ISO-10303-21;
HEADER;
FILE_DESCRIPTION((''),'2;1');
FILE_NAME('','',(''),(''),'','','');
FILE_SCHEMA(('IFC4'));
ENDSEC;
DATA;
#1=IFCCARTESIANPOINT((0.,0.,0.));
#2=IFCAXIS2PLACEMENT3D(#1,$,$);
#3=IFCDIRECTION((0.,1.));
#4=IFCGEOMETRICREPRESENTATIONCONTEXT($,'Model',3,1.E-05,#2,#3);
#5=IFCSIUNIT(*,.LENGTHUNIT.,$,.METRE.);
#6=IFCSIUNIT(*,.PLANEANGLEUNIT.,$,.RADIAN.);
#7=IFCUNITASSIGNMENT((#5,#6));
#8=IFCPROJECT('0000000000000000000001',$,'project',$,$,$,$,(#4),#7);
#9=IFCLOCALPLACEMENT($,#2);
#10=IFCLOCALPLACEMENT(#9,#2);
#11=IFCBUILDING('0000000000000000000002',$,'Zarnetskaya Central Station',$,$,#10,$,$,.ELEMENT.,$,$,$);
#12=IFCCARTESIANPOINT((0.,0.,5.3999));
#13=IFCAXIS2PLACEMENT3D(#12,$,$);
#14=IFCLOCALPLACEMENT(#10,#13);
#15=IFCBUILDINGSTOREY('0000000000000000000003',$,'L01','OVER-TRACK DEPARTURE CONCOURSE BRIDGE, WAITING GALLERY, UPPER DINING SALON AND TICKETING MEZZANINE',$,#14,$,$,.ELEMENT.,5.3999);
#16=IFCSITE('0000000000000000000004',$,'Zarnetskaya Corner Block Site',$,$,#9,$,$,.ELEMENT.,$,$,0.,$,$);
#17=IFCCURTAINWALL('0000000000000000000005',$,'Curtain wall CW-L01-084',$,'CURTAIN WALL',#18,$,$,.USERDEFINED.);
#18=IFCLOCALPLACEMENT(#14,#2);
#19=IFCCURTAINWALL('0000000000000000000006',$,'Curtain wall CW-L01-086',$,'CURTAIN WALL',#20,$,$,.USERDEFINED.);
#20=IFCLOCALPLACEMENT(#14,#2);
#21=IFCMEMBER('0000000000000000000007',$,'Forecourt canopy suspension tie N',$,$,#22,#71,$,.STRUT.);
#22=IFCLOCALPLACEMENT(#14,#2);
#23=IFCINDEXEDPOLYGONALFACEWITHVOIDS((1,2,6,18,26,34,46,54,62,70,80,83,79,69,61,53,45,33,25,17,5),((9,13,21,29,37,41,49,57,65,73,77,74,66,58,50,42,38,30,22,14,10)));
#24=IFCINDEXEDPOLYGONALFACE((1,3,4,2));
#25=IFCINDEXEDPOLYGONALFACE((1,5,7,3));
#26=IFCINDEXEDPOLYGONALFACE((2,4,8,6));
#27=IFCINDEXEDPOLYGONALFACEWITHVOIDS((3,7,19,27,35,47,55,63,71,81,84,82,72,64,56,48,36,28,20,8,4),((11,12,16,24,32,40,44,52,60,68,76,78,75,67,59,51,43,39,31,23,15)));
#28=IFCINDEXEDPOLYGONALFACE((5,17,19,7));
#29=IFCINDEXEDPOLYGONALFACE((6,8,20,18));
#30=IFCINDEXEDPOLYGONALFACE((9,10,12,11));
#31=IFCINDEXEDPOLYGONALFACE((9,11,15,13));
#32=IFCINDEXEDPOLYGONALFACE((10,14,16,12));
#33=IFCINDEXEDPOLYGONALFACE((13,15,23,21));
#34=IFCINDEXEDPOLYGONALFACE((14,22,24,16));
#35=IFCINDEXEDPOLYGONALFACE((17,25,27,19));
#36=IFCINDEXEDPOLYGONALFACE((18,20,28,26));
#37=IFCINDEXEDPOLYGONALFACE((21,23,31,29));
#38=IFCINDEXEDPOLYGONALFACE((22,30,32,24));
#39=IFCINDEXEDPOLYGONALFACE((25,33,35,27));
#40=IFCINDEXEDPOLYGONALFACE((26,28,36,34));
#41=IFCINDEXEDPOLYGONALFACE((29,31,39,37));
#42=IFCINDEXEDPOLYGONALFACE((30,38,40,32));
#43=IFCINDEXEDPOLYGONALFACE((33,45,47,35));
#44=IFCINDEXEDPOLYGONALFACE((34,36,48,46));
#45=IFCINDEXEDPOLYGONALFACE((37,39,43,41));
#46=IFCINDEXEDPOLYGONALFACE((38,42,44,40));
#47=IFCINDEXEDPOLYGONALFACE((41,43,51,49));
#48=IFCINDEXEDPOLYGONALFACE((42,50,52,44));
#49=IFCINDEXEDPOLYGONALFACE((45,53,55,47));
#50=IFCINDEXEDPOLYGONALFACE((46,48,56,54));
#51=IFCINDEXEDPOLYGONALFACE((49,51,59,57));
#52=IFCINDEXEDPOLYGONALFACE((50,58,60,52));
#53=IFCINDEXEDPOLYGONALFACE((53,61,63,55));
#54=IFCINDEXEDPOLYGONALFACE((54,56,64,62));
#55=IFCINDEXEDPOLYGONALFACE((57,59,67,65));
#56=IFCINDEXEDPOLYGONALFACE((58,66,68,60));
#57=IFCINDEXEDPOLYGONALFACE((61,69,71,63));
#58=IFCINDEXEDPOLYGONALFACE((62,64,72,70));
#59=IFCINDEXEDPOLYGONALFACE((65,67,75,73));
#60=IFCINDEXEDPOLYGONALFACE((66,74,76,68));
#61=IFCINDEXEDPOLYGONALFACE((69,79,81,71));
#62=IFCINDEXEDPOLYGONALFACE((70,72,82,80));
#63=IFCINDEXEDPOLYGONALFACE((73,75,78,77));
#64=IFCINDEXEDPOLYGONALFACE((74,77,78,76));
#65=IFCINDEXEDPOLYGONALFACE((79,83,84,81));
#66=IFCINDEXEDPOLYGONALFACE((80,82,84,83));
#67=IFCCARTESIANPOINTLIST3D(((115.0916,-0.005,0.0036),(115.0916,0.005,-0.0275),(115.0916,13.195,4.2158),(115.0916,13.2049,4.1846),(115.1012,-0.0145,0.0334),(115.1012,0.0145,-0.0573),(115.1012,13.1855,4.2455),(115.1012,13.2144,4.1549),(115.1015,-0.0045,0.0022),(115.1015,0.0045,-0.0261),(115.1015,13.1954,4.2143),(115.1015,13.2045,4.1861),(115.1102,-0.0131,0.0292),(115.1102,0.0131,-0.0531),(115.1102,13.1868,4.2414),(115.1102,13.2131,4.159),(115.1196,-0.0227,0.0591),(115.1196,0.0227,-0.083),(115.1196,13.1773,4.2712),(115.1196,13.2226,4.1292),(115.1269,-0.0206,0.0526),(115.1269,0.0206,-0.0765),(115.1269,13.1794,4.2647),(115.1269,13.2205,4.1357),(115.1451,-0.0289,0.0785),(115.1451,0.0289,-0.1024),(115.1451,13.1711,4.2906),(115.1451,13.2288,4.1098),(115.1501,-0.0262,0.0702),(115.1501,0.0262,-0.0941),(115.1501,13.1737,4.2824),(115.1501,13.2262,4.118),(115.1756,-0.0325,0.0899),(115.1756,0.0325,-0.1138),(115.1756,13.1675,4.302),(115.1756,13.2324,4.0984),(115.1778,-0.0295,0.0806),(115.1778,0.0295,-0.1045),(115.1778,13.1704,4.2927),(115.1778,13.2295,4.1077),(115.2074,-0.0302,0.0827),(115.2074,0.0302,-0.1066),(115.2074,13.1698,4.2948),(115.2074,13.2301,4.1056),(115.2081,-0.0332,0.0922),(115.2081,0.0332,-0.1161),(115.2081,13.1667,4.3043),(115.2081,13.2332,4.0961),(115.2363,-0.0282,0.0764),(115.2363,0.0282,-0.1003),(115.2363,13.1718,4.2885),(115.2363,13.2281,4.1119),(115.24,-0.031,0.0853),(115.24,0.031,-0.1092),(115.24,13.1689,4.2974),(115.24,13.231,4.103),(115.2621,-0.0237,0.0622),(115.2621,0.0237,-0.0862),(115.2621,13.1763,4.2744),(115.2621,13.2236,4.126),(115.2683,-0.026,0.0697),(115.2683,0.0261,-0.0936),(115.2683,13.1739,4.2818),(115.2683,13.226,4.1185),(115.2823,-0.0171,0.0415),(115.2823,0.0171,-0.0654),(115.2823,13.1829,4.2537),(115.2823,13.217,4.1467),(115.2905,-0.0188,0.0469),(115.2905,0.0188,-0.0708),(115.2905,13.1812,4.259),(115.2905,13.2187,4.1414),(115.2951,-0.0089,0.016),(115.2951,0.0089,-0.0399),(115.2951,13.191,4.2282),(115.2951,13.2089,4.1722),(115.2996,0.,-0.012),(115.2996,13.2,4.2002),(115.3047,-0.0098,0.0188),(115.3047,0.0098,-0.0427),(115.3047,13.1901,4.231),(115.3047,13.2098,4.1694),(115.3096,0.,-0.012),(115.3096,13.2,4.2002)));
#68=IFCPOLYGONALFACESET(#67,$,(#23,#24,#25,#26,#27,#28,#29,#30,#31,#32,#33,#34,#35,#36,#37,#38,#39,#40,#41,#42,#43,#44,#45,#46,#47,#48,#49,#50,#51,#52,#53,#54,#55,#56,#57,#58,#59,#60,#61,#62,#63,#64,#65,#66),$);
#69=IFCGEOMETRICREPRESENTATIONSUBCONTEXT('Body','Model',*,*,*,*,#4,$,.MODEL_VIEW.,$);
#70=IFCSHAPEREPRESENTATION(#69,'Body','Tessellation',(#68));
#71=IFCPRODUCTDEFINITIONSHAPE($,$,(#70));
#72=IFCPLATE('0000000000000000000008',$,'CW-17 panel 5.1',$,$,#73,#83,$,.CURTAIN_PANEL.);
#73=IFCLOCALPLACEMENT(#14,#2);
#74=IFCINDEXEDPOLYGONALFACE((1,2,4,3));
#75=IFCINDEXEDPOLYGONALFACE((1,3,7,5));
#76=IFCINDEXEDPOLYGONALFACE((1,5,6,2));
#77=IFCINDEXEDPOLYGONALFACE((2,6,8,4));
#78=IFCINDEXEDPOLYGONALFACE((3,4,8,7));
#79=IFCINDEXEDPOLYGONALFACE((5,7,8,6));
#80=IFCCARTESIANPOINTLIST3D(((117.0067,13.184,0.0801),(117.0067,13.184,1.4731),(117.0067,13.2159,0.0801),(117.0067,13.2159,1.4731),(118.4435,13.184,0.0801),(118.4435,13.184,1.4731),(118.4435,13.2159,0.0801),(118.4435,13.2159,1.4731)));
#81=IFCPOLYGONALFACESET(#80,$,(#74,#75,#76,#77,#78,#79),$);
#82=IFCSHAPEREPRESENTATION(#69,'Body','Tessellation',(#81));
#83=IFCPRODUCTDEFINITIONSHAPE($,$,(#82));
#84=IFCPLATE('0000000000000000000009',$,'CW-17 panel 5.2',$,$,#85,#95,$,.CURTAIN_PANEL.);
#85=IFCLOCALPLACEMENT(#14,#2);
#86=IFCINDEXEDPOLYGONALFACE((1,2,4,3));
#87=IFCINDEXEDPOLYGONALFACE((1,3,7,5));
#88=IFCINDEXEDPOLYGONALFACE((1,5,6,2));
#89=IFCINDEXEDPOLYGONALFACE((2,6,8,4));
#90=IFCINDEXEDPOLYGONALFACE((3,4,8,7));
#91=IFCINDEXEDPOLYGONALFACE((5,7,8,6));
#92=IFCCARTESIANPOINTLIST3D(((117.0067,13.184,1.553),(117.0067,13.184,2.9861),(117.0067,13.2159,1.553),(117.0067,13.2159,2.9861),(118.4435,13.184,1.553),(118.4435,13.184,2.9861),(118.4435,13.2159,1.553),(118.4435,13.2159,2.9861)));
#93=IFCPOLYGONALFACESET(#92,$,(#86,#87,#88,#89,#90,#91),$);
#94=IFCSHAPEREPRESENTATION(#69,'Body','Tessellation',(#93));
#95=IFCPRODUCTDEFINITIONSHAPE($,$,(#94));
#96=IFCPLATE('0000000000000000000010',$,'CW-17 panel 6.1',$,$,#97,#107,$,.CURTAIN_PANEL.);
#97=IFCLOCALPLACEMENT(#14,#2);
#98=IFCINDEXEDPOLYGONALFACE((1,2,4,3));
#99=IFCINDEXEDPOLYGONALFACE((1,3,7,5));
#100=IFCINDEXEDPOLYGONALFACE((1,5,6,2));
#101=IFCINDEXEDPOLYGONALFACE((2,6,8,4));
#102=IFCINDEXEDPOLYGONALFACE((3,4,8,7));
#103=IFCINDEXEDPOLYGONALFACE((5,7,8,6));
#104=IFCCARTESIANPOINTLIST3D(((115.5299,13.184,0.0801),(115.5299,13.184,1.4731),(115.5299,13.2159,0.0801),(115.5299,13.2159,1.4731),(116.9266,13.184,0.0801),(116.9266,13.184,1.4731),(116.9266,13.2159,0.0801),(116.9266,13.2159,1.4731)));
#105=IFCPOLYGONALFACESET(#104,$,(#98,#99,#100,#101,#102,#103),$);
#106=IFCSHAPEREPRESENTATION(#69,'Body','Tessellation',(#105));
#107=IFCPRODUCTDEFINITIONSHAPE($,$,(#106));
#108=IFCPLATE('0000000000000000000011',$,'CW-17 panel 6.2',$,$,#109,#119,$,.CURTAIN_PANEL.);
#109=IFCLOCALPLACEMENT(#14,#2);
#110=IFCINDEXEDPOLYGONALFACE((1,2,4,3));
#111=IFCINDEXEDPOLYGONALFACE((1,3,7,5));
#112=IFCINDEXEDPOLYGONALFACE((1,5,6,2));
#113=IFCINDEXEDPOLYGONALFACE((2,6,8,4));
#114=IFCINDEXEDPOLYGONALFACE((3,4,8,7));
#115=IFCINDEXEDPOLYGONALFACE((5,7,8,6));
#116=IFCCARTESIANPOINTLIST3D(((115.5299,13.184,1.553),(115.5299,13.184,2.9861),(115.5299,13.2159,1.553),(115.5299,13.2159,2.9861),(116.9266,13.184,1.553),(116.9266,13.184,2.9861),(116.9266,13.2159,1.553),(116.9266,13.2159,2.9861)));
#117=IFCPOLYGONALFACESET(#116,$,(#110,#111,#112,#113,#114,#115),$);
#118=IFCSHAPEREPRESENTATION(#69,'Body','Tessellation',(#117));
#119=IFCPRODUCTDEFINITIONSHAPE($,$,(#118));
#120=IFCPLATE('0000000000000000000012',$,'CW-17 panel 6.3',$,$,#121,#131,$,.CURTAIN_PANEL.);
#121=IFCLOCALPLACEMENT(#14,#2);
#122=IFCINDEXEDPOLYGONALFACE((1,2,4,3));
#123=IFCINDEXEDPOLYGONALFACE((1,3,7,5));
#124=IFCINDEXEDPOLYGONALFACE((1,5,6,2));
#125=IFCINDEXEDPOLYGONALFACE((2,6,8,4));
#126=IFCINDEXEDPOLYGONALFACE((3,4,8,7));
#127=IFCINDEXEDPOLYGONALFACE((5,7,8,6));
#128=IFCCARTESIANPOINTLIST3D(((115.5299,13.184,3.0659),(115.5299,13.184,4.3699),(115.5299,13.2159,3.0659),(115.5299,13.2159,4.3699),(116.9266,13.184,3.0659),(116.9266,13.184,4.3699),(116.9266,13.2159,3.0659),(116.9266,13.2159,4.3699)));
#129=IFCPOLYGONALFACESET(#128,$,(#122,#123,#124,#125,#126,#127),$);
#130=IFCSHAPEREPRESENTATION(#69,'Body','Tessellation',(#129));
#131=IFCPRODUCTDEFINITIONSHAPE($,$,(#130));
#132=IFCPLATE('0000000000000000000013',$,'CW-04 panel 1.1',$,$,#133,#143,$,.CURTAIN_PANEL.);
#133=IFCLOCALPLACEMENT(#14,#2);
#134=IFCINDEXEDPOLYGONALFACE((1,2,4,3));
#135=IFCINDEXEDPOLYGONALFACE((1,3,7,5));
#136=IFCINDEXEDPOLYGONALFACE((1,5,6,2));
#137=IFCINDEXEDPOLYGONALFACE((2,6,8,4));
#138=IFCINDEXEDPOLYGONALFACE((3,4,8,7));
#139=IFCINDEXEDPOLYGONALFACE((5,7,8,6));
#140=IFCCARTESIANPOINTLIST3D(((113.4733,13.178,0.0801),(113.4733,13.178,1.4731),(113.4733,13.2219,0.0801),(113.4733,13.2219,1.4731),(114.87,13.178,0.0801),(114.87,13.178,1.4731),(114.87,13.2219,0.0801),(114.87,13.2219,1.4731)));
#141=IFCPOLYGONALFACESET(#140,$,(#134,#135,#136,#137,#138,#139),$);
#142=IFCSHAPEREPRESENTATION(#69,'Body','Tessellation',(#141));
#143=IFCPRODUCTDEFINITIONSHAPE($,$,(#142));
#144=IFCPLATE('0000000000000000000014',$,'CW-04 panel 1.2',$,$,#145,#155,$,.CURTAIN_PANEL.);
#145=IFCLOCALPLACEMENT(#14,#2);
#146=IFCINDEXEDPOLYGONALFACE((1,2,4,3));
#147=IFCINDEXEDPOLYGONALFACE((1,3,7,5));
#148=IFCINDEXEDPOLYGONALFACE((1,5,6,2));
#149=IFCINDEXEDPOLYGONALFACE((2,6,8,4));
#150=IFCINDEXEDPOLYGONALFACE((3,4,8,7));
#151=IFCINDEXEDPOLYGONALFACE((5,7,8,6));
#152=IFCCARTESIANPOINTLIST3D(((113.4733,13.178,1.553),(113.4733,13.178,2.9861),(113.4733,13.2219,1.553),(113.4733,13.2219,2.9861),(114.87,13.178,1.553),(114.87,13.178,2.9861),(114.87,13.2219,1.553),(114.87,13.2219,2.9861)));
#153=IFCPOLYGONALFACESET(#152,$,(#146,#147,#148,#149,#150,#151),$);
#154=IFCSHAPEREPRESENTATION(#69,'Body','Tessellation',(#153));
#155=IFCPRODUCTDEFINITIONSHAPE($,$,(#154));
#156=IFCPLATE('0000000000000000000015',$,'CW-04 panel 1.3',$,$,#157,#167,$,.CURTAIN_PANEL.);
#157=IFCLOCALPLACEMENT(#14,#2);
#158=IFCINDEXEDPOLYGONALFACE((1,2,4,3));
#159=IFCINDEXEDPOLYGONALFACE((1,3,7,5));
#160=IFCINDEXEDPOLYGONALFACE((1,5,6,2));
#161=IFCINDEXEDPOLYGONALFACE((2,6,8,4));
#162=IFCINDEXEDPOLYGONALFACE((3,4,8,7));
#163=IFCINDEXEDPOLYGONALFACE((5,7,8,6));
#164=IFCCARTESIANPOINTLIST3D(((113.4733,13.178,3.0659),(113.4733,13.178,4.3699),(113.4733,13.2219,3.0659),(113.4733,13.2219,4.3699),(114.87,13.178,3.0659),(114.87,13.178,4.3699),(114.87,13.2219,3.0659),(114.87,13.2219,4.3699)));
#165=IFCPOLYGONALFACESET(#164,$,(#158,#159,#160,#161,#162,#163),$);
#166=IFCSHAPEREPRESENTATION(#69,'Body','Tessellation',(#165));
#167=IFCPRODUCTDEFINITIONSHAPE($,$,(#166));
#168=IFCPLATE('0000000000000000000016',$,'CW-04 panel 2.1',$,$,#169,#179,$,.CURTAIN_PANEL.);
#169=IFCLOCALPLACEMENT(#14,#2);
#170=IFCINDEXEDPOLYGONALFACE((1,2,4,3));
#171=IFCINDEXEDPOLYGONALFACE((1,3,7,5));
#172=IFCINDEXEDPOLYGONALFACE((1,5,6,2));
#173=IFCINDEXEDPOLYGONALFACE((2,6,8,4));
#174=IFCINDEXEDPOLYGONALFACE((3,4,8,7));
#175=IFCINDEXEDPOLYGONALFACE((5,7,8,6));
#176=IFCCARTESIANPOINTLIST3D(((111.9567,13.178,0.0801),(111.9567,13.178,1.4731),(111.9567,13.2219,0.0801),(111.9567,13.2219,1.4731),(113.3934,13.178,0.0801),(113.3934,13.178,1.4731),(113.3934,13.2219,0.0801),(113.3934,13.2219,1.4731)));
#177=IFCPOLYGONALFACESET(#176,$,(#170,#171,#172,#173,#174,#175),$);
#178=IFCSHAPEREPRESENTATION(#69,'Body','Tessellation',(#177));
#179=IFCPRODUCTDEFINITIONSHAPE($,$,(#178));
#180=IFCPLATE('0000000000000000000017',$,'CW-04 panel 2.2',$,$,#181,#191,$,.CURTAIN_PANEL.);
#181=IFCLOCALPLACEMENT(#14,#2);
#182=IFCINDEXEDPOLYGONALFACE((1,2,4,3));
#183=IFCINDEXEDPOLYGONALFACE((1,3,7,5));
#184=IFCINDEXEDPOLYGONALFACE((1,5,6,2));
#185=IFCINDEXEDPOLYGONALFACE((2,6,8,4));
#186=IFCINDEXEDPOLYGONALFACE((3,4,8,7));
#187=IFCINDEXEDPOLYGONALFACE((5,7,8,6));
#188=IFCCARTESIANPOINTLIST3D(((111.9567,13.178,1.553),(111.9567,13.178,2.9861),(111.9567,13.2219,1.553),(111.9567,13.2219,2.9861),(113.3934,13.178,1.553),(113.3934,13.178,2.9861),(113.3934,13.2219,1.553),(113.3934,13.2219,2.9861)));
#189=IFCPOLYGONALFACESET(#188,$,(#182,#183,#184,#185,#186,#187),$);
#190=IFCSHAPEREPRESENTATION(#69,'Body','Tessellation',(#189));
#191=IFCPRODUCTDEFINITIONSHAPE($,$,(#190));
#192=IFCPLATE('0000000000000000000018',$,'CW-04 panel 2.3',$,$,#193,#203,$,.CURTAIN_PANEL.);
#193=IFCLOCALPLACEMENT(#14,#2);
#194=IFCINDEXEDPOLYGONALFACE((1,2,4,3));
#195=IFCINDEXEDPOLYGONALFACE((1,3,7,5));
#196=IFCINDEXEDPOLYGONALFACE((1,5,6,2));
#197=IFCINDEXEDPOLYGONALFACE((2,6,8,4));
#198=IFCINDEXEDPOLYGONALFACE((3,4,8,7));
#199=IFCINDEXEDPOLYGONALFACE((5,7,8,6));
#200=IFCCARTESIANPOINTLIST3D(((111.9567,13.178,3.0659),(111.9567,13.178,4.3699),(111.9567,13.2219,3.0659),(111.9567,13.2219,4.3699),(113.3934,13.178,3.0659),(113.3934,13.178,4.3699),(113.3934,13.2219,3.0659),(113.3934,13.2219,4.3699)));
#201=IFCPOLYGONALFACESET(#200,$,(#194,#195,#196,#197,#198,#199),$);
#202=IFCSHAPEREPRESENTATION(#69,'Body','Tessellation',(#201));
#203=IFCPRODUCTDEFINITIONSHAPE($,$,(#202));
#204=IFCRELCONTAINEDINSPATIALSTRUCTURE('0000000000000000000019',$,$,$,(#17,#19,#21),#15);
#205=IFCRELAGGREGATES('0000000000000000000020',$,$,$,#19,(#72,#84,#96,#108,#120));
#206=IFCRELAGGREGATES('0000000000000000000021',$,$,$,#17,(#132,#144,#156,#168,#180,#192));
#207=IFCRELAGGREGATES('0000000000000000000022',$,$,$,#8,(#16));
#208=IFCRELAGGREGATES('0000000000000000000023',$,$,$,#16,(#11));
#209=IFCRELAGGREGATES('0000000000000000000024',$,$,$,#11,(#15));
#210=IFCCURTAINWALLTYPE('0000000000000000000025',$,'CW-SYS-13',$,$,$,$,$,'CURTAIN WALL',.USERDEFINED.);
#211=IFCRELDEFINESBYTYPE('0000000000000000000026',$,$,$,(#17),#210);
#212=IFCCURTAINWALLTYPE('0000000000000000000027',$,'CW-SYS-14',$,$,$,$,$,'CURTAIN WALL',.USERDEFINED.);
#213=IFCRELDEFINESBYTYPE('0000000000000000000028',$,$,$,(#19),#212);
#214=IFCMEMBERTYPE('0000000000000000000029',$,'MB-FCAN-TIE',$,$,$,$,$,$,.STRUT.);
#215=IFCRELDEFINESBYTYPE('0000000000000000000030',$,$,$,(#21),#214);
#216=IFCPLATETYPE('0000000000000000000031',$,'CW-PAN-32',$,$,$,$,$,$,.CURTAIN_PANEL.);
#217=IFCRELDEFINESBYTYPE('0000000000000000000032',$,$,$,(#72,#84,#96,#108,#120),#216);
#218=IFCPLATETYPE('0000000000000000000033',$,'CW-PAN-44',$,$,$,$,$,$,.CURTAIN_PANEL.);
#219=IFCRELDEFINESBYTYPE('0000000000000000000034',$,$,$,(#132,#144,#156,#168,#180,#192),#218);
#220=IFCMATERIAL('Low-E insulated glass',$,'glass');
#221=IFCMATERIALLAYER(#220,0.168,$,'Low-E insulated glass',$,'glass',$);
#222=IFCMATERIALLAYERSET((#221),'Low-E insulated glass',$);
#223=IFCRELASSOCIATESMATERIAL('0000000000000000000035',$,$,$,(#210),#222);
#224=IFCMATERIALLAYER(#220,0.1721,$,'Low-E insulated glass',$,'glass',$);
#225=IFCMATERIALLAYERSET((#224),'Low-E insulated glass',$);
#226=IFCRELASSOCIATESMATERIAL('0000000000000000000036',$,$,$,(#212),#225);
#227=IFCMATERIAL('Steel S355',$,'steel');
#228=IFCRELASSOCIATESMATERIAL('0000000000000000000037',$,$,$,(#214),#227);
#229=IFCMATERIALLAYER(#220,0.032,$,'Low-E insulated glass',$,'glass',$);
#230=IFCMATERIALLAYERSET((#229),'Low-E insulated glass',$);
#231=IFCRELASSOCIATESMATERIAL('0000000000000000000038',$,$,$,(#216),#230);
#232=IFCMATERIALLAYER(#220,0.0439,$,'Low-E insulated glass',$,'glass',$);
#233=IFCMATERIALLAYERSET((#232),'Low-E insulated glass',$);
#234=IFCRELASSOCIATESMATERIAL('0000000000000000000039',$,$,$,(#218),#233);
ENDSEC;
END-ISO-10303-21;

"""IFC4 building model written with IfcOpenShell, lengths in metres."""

from ifc_helpers import new_model, si_unit, direction, frame, origin, origin_2d, place, context, subcontext, project, spatial, rectangle, hollow_circle, extrude, material, layer, layer_set, material_profile, profile_set, type_object, element, aggregate, save


model = new_model("IFC4")

# Units and contexts
model_context = context("Model", 3, precision=1e-05, world=origin(), true_north=direction((0.0, 1.0)))
body_context = subcontext(model_context, "Body", "Model", "MODEL_VIEW")
ifc_project = project(units=[si_unit("LENGTHUNIT", "METRE"), si_unit("PLANEANGLEUNIT", "RADIAN")], contexts=[model_context])

# Site, building, storey
site_placement = place(None, origin())
site = spatial("IfcSite", under=ifc_project, at=site_placement, Name="Zarnetskaya Corner Block Site", CompositionType="ELEMENT", RefElevation=0.0)
building_placement = place(site_placement, origin())
building = spatial("IfcBuilding", under=site, at=building_placement, Name="Zarnetskaya Central Station", CompositionType="ELEMENT")
storey_placement = place(building_placement, frame((0.0, 0.0, 5.3999)))
storey = spatial("IfcBuildingStorey", under=building, at=storey_placement, Name="L01", Description="OVER-TRACK DEPARTURE CONCOURSE BRIDGE, WAITING GALLERY, UPPER DINING SALON AND TICKETING MEZZANINE", CompositionType="ELEMENT", Elevation=5.3999)

# Shared definitions
ifc_material_1 = material(Name="Steel S355", Category="steel")

# Curtain walls
ifc_material_2 = material(Name="Low-E insulated glass", Category="glass")
ifc_layer_1 = layer(ifc_material_2, 0.168, Name="Low-E insulated glass", Category="glass")
ifc_layer_set_1 = layer_set([ifc_layer_1], Name="Low-E insulated glass")
curtain_wall_type_1 = type_object("IfcCurtainWallType", Name="CW-SYS-13", ElementType="CURTAIN WALL", PredefinedType="USERDEFINED", material=ifc_layer_set_1)
curtain_wall_1_placement = place(storey_placement, origin())
curtain_wall_1 = element("IfcCurtainWall", 1, at=curtain_wall_1_placement, inside=storey, type_object=curtain_wall_type_1, Name="Curtain wall CW-L01-084", ObjectType="CURTAIN WALL", PredefinedType="USERDEFINED")
ifc_layer_2 = layer(ifc_material_2, 0.1721, Name="Low-E insulated glass", Category="glass")
ifc_layer_set_2 = layer_set([ifc_layer_2], Name="Low-E insulated glass")
curtain_wall_type_2 = type_object("IfcCurtainWallType", Name="CW-SYS-14", ElementType="CURTAIN WALL", PredefinedType="USERDEFINED", material=ifc_layer_set_2)
curtain_wall_2_placement = place(storey_placement, origin())
curtain_wall_2 = element("IfcCurtainWall", 2, at=curtain_wall_2_placement, inside=storey, type_object=curtain_wall_type_2, Name="Curtain wall CW-L01-086", ObjectType="CURTAIN WALL", PredefinedType="USERDEFINED")

# Member
ifc_material_profile_1 = material_profile(ifc_material_1, hollow_circle(Radius=0.1096, WallThickness=0.01, at=origin_2d()), Name="CHS 219.1x10")
ifc_profile_set_1 = profile_set([ifc_material_profile_1], Name="Steel S355")
member_type_1 = type_object("IfcMemberType", Name="MB-FCAN-TIE", PredefinedType="STRUT", material=ifc_profile_set_1)
member_1_placement = place(storey_placement, frame((115.2, 13.2, 4.2002), z_axis=(0.0, -0.952672, -0.304001), x_axis=(1.0, 0.0, 0.0)))
element("IfcMember", 3, at=member_1_placement, inside=storey, type_object=member_type_1, Name="Forecourt canopy suspension tie N", PredefinedType="STRUT", context=body_context, shape_type="SweptSolid", body=[
    extrude(hollow_circle(Radius=0.1096, WallThickness=0.01, at=origin_2d()), origin(), (0.0, 0.0, 1.0), 13.8557),
])

# Plates
ifc_layer_3 = layer(ifc_material_2, 0.032, Name="Low-E insulated glass", Category="glass")
ifc_layer_set_3 = layer_set([ifc_layer_3], Name="Low-E insulated glass")
plate_type_1 = type_object("IfcPlateType", Name="CW-PAN-32", PredefinedType="CURTAIN_PANEL", material=ifc_layer_set_3)
plate_1_placement = place(storey_placement, frame((117.7251, 13.2, 0.0801), z_axis=(0.0, 0.0, 1.0), x_axis=(-1.0, 0.0, 0.0)))
plate_1 = element("IfcPlate", 4, at=plate_1_placement, type_object=plate_type_1, Name="CW-17 panel 5.1", PredefinedType="CURTAIN_PANEL", context=body_context, shape_type="SweptSolid", body=[
    extrude(rectangle(XDim=1.4368, YDim=0.032, at=origin_2d()), origin(), (0.0, 0.0, 1.0), 1.3931),
])
plate_2_placement = place(storey_placement, frame((117.7251, 13.2, 1.553), z_axis=(0.0, 0.0, 1.0), x_axis=(-1.0, 0.0, 0.0)))
plate_2 = element("IfcPlate", 5, at=plate_2_placement, type_object=plate_type_1, Name="CW-17 panel 5.2", PredefinedType="CURTAIN_PANEL", context=body_context, shape_type="SweptSolid", body=[
    extrude(rectangle(XDim=1.4368, YDim=0.032, at=origin_2d()), origin(), (0.0, 0.0, 1.0), 1.4331),
])
plate_3_placement = place(storey_placement, frame((116.2283, 13.2, 0.0801), z_axis=(0.0, 0.0, 1.0), x_axis=(-1.0, 0.0, 0.0)))
plate_3 = element("IfcPlate", 6, at=plate_3_placement, type_object=plate_type_1, Name="CW-17 panel 6.1", PredefinedType="CURTAIN_PANEL", context=body_context, shape_type="SweptSolid", body=[
    extrude(rectangle(XDim=1.3967, YDim=0.032, at=origin_2d()), origin(), (0.0, 0.0, 1.0), 1.3931),
])
plate_4_placement = place(storey_placement, frame((116.2283, 13.2, 1.553), z_axis=(0.0, 0.0, 1.0), x_axis=(-1.0, 0.0, 0.0)))
plate_4 = element("IfcPlate", 7, at=plate_4_placement, type_object=plate_type_1, Name="CW-17 panel 6.2", PredefinedType="CURTAIN_PANEL", context=body_context, shape_type="SweptSolid", body=[
    extrude(rectangle(XDim=1.3967, YDim=0.032, at=origin_2d()), origin(), (0.0, 0.0, 1.0), 1.4331),
])
plate_5_placement = place(storey_placement, frame((116.2283, 13.2, 3.0659), z_axis=(0.0, 0.0, 1.0), x_axis=(-1.0, 0.0, 0.0)))
plate_5 = element("IfcPlate", 8, at=plate_5_placement, type_object=plate_type_1, Name="CW-17 panel 6.3", PredefinedType="CURTAIN_PANEL", context=body_context, shape_type="SweptSolid", body=[
    extrude(rectangle(XDim=1.3967, YDim=0.032, at=origin_2d()), origin(), (0.0, 0.0, 1.0), 1.304),
])
aggregate(curtain_wall_2, [plate_1, plate_2, plate_3, plate_4, plate_5])
ifc_layer_4 = layer(ifc_material_2, 0.0439, Name="Low-E insulated glass", Category="glass")
ifc_layer_set_4 = layer_set([ifc_layer_4], Name="Low-E insulated glass")
plate_type_2 = type_object("IfcPlateType", Name="CW-PAN-44", PredefinedType="CURTAIN_PANEL", material=ifc_layer_set_4)
plate_6_placement = place(storey_placement, frame((114.1716, 13.2, 0.0801), z_axis=(0.0, 0.0, 1.0), x_axis=(-1.0, 0.0, 0.0)))
plate_6 = element("IfcPlate", 9, at=plate_6_placement, type_object=plate_type_2, Name="CW-04 panel 1.1", PredefinedType="CURTAIN_PANEL", context=body_context, shape_type="SweptSolid", body=[
    extrude(rectangle(XDim=1.3967, YDim=0.0439, at=origin_2d()), origin(), (0.0, 0.0, 1.0), 1.3931),
])
plate_7_placement = place(storey_placement, frame((114.1716, 13.2, 1.553), z_axis=(0.0, 0.0, 1.0), x_axis=(-1.0, 0.0, 0.0)))
plate_7 = element("IfcPlate", 10, at=plate_7_placement, type_object=plate_type_2, Name="CW-04 panel 1.2", PredefinedType="CURTAIN_PANEL", context=body_context, shape_type="SweptSolid", body=[
    extrude(rectangle(XDim=1.3967, YDim=0.0439, at=origin_2d()), origin(), (0.0, 0.0, 1.0), 1.4331),
])
plate_8_placement = place(storey_placement, frame((114.1716, 13.2, 3.0659), z_axis=(0.0, 0.0, 1.0), x_axis=(-1.0, 0.0, 0.0)))
plate_8 = element("IfcPlate", 11, at=plate_8_placement, type_object=plate_type_2, Name="CW-04 panel 1.3", PredefinedType="CURTAIN_PANEL", context=body_context, shape_type="SweptSolid", body=[
    extrude(rectangle(XDim=1.3967, YDim=0.0439, at=origin_2d()), origin(), (0.0, 0.0, 1.0), 1.304),
])
plate_9_placement = place(storey_placement, frame((112.675, 13.2, 0.0801), z_axis=(0.0, 0.0, 1.0), x_axis=(-1.0, 0.0, 0.0)))
plate_9 = element("IfcPlate", 12, at=plate_9_placement, type_object=plate_type_2, Name="CW-04 panel 2.1", PredefinedType="CURTAIN_PANEL", context=body_context, shape_type="SweptSolid", body=[
    extrude(rectangle(XDim=1.4368, YDim=0.0439, at=origin_2d()), origin(), (0.0, 0.0, 1.0), 1.3931),
])
plate_10_placement = place(storey_placement, frame((112.675, 13.2, 1.553), z_axis=(0.0, 0.0, 1.0), x_axis=(-1.0, 0.0, 0.0)))
plate_10 = element("IfcPlate", 13, at=plate_10_placement, type_object=plate_type_2, Name="CW-04 panel 2.2", PredefinedType="CURTAIN_PANEL", context=body_context, shape_type="SweptSolid", body=[
    extrude(rectangle(XDim=1.4368, YDim=0.0439, at=origin_2d()), origin(), (0.0, 0.0, 1.0), 1.4331),
])
plate_11_placement = place(storey_placement, frame((112.675, 13.2, 3.0659), z_axis=(0.0, 0.0, 1.0), x_axis=(-1.0, 0.0, 0.0)))
plate_11 = element("IfcPlate", 14, at=plate_11_placement, type_object=plate_type_2, Name="CW-04 panel 2.3", PredefinedType="CURTAIN_PANEL", context=body_context, shape_type="SweptSolid", body=[
    extrude(rectangle(XDim=1.4368, YDim=0.0439, at=origin_2d()), origin(), (0.0, 0.0, 1.0), 1.304),
])
aggregate(curtain_wall_1, [plate_6, plate_7, plate_8, plate_9, plate_10, plate_11])

save(model, "model.ifc")
